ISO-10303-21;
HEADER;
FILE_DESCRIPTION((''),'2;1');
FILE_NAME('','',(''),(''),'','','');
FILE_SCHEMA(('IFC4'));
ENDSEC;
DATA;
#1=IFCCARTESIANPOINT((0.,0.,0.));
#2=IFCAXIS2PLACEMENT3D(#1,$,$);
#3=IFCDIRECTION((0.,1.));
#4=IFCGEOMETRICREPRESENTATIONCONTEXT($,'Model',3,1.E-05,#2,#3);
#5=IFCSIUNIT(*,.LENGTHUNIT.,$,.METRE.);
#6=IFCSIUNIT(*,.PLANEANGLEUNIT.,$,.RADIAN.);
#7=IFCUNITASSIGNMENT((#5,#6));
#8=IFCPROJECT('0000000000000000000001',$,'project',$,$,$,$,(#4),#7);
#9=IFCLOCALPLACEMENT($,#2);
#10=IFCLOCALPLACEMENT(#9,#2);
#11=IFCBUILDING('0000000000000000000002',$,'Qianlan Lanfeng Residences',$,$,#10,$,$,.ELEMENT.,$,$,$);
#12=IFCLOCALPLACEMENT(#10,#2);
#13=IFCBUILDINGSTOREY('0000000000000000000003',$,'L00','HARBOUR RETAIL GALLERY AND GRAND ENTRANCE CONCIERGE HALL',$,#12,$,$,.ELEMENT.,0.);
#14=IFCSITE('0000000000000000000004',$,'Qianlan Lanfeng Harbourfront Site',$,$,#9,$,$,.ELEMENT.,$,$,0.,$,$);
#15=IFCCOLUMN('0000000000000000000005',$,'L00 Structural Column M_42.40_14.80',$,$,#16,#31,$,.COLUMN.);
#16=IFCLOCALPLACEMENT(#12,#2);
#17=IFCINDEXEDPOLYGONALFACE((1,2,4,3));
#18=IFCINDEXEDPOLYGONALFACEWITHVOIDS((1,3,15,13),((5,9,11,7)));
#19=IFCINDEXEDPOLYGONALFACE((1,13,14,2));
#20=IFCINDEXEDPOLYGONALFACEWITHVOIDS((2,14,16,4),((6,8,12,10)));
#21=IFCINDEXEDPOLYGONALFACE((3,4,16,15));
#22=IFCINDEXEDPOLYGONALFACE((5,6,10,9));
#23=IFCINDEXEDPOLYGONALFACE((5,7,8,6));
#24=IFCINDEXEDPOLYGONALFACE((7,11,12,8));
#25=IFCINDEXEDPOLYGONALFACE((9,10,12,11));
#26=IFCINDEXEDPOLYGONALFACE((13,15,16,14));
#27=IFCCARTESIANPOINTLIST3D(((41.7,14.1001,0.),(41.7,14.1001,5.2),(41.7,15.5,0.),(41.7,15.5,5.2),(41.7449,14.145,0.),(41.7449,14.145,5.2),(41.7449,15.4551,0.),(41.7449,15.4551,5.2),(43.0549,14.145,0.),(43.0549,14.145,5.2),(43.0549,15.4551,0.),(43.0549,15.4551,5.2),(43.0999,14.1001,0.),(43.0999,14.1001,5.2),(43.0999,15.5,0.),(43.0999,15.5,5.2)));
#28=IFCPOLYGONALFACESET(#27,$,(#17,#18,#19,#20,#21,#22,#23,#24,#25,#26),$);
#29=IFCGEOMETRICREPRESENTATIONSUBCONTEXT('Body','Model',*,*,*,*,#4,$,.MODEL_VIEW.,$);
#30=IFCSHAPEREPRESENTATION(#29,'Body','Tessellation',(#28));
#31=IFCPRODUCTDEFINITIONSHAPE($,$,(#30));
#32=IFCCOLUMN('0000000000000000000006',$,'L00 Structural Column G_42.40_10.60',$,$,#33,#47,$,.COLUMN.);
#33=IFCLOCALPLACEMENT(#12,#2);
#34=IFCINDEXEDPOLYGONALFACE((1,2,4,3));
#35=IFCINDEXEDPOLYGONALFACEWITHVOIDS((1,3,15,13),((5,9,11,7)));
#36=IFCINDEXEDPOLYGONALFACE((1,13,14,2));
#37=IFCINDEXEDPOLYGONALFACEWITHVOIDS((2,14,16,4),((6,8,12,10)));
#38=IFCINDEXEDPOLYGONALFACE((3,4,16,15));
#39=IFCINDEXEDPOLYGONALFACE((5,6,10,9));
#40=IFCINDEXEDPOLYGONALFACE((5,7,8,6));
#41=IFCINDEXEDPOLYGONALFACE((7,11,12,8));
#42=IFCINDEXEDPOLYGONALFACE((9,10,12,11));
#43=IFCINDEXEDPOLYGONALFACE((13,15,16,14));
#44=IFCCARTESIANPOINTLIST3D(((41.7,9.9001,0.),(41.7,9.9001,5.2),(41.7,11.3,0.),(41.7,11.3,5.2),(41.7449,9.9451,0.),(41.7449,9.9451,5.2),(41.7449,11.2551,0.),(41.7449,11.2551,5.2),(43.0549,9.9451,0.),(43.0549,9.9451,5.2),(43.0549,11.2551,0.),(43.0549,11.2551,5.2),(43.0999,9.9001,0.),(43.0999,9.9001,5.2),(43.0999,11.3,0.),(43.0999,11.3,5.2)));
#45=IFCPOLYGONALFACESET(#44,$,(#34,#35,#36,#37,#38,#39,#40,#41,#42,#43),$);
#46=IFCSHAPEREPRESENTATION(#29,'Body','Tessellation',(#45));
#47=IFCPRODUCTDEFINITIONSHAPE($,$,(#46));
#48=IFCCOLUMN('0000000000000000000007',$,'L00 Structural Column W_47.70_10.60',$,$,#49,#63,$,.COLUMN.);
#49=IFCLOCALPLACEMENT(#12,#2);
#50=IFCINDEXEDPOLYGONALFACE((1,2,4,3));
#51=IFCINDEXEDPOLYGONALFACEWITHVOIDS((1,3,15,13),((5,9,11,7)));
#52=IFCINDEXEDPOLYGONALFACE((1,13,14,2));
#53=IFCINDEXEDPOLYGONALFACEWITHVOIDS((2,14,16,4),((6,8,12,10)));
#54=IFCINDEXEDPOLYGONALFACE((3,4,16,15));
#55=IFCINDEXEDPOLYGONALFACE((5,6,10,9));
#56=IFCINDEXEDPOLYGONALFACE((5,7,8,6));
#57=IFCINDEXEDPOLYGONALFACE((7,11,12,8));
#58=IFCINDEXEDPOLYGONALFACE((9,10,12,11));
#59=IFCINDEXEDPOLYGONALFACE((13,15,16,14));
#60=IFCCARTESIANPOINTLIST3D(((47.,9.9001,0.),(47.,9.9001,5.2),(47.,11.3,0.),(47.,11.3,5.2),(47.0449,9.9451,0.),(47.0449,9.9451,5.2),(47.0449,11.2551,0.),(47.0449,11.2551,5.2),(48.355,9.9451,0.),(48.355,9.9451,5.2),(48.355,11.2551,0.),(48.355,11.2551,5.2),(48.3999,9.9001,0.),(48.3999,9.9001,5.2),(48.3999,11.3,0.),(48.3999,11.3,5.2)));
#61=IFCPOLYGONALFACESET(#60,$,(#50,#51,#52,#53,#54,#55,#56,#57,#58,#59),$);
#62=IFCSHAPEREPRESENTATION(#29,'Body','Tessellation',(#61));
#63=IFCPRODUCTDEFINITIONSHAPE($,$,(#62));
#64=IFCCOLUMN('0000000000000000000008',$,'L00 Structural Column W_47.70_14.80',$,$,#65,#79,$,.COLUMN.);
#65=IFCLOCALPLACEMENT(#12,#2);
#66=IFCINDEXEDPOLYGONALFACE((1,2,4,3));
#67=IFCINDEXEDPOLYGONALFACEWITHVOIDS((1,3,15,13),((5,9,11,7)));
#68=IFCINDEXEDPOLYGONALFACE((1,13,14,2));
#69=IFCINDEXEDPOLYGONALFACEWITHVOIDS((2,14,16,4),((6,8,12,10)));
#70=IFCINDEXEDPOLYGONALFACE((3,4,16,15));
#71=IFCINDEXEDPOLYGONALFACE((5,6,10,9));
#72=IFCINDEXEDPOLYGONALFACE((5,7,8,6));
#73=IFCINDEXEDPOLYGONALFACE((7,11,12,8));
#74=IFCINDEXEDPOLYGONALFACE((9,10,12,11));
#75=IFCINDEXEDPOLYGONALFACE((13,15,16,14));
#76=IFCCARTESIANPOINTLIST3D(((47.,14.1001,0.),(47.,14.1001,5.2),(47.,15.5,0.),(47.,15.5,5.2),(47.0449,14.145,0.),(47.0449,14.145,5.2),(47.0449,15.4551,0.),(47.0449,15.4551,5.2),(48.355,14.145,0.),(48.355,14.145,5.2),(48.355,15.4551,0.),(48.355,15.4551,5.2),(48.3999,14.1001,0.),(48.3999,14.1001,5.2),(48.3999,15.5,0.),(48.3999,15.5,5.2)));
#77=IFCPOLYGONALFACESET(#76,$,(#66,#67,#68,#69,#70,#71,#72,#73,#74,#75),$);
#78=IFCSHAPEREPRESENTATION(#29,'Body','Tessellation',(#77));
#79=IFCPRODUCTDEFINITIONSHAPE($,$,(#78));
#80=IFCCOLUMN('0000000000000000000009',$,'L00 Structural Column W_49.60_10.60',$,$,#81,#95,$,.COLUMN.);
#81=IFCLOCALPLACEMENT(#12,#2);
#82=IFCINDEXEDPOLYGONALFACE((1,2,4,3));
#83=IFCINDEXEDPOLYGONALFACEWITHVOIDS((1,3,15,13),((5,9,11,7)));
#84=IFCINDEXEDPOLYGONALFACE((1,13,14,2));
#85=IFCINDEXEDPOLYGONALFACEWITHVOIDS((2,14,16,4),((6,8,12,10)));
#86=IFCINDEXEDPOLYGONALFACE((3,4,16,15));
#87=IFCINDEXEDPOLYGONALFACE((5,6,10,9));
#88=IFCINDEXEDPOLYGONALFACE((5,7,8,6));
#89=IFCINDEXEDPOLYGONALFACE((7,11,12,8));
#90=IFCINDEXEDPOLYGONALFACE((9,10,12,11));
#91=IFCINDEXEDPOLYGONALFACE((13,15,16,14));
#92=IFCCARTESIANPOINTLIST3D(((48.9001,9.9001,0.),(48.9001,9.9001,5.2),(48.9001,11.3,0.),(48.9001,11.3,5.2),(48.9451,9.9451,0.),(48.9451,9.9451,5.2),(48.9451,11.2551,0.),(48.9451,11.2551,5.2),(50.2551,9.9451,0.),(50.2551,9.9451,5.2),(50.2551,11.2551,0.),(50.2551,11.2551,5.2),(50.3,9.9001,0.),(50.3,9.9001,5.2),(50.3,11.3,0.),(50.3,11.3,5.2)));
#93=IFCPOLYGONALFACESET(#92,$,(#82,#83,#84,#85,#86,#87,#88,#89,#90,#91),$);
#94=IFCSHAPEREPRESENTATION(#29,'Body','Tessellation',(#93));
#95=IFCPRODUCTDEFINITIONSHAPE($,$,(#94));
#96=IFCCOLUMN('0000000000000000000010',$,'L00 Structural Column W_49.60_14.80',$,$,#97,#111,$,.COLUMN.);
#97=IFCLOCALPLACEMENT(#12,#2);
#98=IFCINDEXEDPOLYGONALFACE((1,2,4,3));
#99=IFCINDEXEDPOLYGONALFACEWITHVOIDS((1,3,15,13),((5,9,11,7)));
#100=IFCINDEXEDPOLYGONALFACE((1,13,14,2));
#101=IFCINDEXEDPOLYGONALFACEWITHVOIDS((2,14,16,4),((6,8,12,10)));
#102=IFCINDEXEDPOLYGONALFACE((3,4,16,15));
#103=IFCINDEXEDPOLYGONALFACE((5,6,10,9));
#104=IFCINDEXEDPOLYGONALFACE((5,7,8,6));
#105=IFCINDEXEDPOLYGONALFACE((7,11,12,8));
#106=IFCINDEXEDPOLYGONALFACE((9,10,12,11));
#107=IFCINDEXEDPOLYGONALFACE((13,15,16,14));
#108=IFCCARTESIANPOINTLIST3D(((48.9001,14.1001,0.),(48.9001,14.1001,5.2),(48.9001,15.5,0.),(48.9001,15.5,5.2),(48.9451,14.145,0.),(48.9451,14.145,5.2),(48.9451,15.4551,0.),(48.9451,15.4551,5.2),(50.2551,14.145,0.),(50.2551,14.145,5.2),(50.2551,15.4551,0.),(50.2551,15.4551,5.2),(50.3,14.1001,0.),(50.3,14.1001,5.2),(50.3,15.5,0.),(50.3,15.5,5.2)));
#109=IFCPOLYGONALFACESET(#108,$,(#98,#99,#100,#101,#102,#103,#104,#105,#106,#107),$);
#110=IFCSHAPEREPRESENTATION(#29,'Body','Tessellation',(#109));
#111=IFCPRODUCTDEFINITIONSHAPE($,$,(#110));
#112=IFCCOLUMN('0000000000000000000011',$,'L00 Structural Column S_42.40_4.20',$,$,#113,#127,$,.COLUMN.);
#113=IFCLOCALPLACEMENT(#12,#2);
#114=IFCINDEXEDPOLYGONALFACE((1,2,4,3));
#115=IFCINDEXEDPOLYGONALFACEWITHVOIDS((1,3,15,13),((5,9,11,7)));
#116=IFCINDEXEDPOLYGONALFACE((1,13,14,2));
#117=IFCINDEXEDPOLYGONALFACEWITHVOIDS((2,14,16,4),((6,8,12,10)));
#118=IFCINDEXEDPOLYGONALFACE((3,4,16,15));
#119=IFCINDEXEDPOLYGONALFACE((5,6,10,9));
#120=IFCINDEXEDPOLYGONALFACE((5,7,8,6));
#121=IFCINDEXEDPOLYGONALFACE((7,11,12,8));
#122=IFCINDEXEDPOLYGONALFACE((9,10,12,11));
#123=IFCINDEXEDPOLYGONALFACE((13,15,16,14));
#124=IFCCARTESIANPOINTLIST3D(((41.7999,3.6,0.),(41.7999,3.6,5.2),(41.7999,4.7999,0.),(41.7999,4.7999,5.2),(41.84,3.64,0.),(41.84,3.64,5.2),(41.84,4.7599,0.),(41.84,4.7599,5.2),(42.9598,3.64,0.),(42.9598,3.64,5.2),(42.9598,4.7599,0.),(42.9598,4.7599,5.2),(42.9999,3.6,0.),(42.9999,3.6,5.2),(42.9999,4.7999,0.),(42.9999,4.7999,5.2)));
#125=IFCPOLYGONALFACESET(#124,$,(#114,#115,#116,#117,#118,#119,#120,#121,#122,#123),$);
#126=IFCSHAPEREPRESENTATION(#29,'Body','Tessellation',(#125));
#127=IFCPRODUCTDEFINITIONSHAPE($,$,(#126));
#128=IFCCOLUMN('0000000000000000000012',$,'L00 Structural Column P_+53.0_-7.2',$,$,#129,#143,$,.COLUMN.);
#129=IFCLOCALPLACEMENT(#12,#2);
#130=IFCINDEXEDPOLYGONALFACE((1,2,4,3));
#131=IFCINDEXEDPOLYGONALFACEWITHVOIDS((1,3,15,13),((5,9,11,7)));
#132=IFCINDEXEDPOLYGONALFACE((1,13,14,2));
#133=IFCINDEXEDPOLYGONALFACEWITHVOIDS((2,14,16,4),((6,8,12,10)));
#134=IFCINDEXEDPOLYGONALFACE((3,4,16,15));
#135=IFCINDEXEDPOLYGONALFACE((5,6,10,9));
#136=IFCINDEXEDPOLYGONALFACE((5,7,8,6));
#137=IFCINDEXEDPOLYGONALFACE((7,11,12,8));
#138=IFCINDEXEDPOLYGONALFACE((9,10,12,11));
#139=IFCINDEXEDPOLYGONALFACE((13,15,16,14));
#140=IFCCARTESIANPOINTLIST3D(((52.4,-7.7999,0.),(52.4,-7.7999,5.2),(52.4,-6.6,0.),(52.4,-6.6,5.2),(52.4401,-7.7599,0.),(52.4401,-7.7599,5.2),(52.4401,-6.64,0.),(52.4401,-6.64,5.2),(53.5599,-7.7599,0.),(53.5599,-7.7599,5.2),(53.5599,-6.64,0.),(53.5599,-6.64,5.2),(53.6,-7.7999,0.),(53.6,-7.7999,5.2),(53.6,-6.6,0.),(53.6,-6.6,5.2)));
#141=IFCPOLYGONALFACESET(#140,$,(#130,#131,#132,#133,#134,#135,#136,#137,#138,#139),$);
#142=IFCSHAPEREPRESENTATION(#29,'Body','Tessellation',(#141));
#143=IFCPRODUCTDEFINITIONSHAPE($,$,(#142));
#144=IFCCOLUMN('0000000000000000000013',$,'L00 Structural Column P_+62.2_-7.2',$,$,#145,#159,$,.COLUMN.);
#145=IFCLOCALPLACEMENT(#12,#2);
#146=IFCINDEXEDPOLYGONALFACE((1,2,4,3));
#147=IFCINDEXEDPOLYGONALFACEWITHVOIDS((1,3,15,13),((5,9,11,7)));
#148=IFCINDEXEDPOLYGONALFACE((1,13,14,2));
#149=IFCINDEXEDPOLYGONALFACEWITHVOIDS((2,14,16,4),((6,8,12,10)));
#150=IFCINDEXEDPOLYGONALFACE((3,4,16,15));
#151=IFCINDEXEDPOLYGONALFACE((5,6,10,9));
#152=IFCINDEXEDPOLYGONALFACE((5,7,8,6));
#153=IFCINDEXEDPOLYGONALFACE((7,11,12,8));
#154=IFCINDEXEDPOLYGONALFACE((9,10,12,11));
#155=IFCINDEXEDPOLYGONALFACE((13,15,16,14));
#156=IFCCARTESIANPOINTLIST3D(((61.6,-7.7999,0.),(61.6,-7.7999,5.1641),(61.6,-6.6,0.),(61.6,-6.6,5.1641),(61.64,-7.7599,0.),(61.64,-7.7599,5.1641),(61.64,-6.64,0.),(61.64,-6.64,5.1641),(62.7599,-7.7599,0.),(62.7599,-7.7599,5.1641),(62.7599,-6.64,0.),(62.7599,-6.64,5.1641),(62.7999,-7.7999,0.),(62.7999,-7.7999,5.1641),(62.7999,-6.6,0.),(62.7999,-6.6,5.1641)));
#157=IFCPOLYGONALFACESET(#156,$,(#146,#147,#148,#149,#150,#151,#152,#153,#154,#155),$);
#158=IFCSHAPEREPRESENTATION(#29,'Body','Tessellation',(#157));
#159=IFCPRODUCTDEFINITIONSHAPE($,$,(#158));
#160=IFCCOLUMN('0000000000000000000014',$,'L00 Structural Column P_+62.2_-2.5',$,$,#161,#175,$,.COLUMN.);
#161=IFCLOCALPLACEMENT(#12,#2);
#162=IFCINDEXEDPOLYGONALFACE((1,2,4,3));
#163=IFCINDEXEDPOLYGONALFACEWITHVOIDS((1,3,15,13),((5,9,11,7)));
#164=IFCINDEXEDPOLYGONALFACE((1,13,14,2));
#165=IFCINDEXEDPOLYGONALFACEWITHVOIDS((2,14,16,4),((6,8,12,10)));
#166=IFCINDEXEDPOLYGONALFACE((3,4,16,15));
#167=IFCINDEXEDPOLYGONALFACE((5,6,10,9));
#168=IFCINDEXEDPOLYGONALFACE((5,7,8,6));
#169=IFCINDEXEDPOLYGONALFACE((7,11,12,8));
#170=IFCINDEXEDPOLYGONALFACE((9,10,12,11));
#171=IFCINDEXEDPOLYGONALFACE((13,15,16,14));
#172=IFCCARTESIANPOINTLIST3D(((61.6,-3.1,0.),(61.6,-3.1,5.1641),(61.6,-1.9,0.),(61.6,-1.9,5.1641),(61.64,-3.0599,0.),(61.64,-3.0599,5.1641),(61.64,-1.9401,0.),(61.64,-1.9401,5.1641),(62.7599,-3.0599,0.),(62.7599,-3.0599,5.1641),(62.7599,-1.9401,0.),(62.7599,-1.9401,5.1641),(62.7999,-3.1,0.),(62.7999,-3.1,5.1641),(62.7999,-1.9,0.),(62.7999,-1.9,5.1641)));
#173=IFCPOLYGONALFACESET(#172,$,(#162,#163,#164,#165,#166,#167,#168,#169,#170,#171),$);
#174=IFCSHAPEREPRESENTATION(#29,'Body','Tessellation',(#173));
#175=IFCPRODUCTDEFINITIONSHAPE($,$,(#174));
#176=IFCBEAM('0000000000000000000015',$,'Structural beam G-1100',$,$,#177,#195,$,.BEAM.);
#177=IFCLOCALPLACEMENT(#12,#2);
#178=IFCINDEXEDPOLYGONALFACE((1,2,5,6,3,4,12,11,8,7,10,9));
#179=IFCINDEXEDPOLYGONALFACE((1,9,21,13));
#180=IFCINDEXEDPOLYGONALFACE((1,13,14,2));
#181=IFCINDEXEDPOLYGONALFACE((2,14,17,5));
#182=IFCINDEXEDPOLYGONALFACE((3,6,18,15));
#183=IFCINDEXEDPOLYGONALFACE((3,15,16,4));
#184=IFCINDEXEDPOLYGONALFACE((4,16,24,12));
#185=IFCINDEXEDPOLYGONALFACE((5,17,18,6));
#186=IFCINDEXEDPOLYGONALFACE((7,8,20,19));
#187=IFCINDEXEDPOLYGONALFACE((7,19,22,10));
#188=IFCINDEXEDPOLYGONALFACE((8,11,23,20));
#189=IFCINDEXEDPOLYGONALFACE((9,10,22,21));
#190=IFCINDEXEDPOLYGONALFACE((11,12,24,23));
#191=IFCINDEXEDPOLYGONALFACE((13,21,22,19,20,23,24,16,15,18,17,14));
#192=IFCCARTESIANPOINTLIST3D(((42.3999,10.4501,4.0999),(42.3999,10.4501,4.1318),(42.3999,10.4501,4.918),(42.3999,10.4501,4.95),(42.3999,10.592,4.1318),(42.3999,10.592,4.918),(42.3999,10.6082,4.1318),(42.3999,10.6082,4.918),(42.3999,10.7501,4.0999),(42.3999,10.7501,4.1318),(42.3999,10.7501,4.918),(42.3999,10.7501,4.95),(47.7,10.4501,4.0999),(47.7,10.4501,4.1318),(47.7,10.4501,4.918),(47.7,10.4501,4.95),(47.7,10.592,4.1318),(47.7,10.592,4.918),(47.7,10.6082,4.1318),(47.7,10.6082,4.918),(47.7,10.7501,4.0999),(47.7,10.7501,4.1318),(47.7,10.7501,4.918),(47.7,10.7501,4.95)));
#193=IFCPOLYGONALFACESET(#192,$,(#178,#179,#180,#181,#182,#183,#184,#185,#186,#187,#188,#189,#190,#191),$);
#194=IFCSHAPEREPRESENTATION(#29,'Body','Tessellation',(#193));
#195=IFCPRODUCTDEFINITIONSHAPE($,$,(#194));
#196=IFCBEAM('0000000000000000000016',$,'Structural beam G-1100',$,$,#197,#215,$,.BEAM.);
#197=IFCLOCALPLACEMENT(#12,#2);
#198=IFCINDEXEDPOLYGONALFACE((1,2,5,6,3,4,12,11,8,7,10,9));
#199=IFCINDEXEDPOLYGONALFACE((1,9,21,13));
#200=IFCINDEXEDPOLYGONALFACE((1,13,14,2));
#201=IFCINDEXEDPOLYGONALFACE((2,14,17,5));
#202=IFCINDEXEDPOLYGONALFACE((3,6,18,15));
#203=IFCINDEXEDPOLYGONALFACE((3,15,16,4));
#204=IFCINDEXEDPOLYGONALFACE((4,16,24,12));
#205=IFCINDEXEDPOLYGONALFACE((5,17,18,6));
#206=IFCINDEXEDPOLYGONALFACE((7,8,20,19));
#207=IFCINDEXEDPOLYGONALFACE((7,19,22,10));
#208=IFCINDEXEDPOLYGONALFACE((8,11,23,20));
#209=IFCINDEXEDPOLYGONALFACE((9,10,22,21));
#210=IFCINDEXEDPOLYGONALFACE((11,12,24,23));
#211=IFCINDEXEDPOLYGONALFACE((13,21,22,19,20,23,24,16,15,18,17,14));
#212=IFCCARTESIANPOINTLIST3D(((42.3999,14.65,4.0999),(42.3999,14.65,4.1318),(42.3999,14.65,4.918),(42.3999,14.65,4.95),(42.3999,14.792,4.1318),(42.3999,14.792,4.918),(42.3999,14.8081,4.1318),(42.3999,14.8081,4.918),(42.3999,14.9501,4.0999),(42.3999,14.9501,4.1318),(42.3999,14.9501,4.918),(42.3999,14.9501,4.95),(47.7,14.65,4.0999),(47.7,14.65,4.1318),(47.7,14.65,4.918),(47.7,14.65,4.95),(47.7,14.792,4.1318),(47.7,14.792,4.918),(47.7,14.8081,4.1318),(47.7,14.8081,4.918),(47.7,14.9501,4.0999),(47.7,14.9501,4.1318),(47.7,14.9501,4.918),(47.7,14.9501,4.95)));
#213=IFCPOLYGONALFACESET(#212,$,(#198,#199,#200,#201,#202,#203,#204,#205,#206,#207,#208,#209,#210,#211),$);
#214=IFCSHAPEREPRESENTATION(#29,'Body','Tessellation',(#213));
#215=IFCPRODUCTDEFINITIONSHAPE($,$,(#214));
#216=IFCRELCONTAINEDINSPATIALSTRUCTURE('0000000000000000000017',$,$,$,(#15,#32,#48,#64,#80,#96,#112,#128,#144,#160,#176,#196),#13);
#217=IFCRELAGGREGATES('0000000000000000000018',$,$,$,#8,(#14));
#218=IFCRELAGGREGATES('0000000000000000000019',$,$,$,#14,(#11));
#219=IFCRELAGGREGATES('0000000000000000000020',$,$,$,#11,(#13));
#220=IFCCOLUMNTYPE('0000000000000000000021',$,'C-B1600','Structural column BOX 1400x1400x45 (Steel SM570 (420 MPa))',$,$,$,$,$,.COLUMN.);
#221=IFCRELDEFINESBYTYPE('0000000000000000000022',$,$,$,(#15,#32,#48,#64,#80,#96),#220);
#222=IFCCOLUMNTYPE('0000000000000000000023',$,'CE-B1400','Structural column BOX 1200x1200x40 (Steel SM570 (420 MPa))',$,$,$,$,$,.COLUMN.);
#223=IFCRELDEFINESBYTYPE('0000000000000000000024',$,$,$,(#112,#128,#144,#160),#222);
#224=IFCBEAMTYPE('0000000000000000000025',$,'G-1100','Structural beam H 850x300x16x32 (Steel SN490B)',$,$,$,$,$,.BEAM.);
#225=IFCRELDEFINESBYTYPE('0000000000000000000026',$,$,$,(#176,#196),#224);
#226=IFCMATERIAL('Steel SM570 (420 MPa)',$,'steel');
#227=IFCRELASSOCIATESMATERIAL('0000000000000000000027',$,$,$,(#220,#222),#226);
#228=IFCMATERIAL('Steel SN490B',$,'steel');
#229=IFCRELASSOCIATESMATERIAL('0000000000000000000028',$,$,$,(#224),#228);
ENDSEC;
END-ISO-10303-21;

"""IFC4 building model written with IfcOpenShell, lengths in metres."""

from ifc_helpers import new_model, si_unit, direction, frame, origin, origin_2d, place, context, subcontext, project, spatial, hollow_rectangle, i_section, extrude, material, material_profile, profile_set, type_object, element, save


model = new_model("IFC4")

# Units and contexts
model_context = context("Model", 3, precision=1e-05, world=origin(), true_north=direction((0.0, 1.0)))
body_context = subcontext(model_context, "Body", "Model", "MODEL_VIEW")
ifc_project = project(units=[si_unit("LENGTHUNIT", "METRE"), si_unit("PLANEANGLEUNIT", "RADIAN")], contexts=[model_context])

# Site, building, storey
site_placement = place(None, origin())
site = spatial("IfcSite", under=ifc_project, at=site_placement, Name="Qianlan Lanfeng Harbourfront Site", CompositionType="ELEMENT", RefElevation=0.0)
building_placement = place(site_placement, origin())
building = spatial("IfcBuilding", under=site, at=building_placement, Name="Qianlan Lanfeng Residences", CompositionType="ELEMENT")
storey_placement = place(building_placement, origin())
storey = spatial("IfcBuildingStorey", under=building, at=storey_placement, Name="L00", Description="HARBOUR RETAIL GALLERY AND GRAND ENTRANCE CONCIERGE HALL", CompositionType="ELEMENT", Elevation=0.0)

# Columns
ifc_material_1 = material(Name="Steel SM570 (420 MPa)", Category="steel")
ifc_material_profile_1 = material_profile(ifc_material_1, hollow_rectangle(XDim=1.3999, YDim=1.3999, WallThickness=0.0449, at=origin_2d()), Name="BOX 1400x1400x45")
ifc_profile_set_1 = profile_set([ifc_material_profile_1], Name="Steel SM570 (420 MPa)")
column_type_1 = type_object("IfcColumnType", Name="C-B1600", Description="Structural column BOX 1400x1400x45 (Steel SM570 (420 MPa))", PredefinedType="COLUMN", material=ifc_profile_set_1)
for number, where, z_axis, x_axis, name in (
    (1, (42.3999, 14.8, 0.0), (0.0, 0.0, 1.0), (1.0, 0.0, 0.0), "L00 Structural Column M_42.40_14.80"),
    (2, (42.3999, 10.6001, 0.0), (0.0, 0.0, 1.0), (1.0, 0.0, 0.0), "L00 Structural Column G_42.40_10.60"),
    (3, (47.7, 10.6001, 0.0), (0.0, 0.0, 1.0), (1.0, 0.0, 0.0), "L00 Structural Column W_47.70_10.60"),
    (4, (47.7, 14.8, 0.0), (0.0, 0.0, 1.0), (1.0, 0.0, 0.0), "L00 Structural Column W_47.70_14.80"),
    (5, (49.6001, 10.6001, 0.0), (0.0, 0.0, 1.0), (1.0, 0.0, 0.0), "L00 Structural Column W_49.60_10.60"),
    (6, (49.6001, 14.8, 0.0), (0.0, 0.0, 1.0), (1.0, 0.0, 0.0), "L00 Structural Column W_49.60_14.80"),
):
    element("IfcColumn", number, at=place(storey_placement, frame(where, z_axis=z_axis, x_axis=x_axis)), inside=storey, type_object=column_type_1, Name=name, PredefinedType="COLUMN", context=body_context, shape_type="SweptSolid", body=[
        extrude(hollow_rectangle(XDim=1.3999, YDim=1.3999, WallThickness=0.0449, at=origin_2d()), origin(), (0.0, 0.0, 1.0), 5.2),
    ])
ifc_material_profile_2 = material_profile(ifc_material_1, hollow_rectangle(XDim=1.2, YDim=1.2, WallThickness=0.04, at=origin_2d()), Name="BOX 1200x1200x40")
ifc_profile_set_2 = profile_set([ifc_material_profile_2], Name="Steel SM570 (420 MPa)")
column_type_2 = type_object("IfcColumnType", Name="CE-B1400", Description="Structural column BOX 1200x1200x40 (Steel SM570 (420 MPa))", PredefinedType="COLUMN", material=ifc_profile_set_2)
for number, where, z_axis, x_axis, name in (
    (7, (42.3999, 4.2, 0.0), (0.0, 0.0, 1.0), (1.0, 0.0, 0.0), "L00 Structural Column S_42.40_4.20"),
    (8, (53.0, -7.2, 0.0), (0.0, 0.0, 1.0), (1.0, 0.0, 0.0), "L00 Structural Column P_+53.0_-7.2"),
):
    element("IfcColumn", number, at=place(storey_placement, frame(where, z_axis=z_axis, x_axis=x_axis)), inside=storey, type_object=column_type_2, Name=name, PredefinedType="COLUMN", context=body_context, shape_type="SweptSolid", body=[
        extrude(hollow_rectangle(XDim=1.2, YDim=1.2, WallThickness=0.04, at=origin_2d()), origin(), (0.0, 0.0, 1.0), 5.2),
    ])
for number, where, z_axis, x_axis, name in (
    (9, (62.2, -7.2, 0.0), (0.0, 0.0, 1.0), (1.0, 0.0, 0.0), "L00 Structural Column P_+62.2_-7.2"),
    (10, (62.2, -2.5, 0.0), (0.0, 0.0, 1.0), (1.0, 0.0, 0.0), "L00 Structural Column P_+62.2_-2.5"),
):
    element("IfcColumn", number, at=place(storey_placement, frame(where, z_axis=z_axis, x_axis=x_axis)), inside=storey, type_object=column_type_2, Name=name, PredefinedType="COLUMN", context=body_context, shape_type="SweptSolid", body=[
        extrude(hollow_rectangle(XDim=1.2, YDim=1.2, WallThickness=0.04, at=origin_2d()), origin(), (0.0, 0.0, 1.0), 5.1641),
    ])

# Beams
ifc_material_2 = material(Name="Steel SN490B", Category="steel")
ifc_material_profile_3 = material_profile(ifc_material_2, i_section(OverallWidth=0.3, OverallDepth=0.8501, WebThickness=0.0161, FlangeThickness=0.032, at=origin_2d()), Name="H 850x300x16x32")
ifc_profile_set_3 = profile_set([ifc_material_profile_3], Name="Steel SN490B")
beam_type_1 = type_object("IfcBeamType", Name="G-1100", Description="Structural beam H 850x300x16x32 (Steel SN490B)", PredefinedType="BEAM", material=ifc_profile_set_3)
for number, where, z_axis, x_axis, name in (
    (11, (42.3999, 10.6001, 4.5249), (1.0, 0.0, 0.0), (0.0, 1.0, 0.0), "Structural beam G-1100"),
    (12, (42.3999, 14.8, 4.5249), (1.0, 0.0, 0.0), (0.0, 1.0, 0.0), "Structural beam G-1100"),
):
    element("IfcBeam", number, at=place(storey_placement, frame(where, z_axis=z_axis, x_axis=x_axis)), inside=storey, type_object=beam_type_1, Name=name, PredefinedType="BEAM", context=body_context, shape_type="SweptSolid", body=[
        extrude(i_section(OverallWidth=0.3, OverallDepth=0.8501, WebThickness=0.0161, FlangeThickness=0.032, at=origin_2d()), origin(), (0.0, 0.0, 1.0), 5.3),
    ])

save(model, "model.ifc")
